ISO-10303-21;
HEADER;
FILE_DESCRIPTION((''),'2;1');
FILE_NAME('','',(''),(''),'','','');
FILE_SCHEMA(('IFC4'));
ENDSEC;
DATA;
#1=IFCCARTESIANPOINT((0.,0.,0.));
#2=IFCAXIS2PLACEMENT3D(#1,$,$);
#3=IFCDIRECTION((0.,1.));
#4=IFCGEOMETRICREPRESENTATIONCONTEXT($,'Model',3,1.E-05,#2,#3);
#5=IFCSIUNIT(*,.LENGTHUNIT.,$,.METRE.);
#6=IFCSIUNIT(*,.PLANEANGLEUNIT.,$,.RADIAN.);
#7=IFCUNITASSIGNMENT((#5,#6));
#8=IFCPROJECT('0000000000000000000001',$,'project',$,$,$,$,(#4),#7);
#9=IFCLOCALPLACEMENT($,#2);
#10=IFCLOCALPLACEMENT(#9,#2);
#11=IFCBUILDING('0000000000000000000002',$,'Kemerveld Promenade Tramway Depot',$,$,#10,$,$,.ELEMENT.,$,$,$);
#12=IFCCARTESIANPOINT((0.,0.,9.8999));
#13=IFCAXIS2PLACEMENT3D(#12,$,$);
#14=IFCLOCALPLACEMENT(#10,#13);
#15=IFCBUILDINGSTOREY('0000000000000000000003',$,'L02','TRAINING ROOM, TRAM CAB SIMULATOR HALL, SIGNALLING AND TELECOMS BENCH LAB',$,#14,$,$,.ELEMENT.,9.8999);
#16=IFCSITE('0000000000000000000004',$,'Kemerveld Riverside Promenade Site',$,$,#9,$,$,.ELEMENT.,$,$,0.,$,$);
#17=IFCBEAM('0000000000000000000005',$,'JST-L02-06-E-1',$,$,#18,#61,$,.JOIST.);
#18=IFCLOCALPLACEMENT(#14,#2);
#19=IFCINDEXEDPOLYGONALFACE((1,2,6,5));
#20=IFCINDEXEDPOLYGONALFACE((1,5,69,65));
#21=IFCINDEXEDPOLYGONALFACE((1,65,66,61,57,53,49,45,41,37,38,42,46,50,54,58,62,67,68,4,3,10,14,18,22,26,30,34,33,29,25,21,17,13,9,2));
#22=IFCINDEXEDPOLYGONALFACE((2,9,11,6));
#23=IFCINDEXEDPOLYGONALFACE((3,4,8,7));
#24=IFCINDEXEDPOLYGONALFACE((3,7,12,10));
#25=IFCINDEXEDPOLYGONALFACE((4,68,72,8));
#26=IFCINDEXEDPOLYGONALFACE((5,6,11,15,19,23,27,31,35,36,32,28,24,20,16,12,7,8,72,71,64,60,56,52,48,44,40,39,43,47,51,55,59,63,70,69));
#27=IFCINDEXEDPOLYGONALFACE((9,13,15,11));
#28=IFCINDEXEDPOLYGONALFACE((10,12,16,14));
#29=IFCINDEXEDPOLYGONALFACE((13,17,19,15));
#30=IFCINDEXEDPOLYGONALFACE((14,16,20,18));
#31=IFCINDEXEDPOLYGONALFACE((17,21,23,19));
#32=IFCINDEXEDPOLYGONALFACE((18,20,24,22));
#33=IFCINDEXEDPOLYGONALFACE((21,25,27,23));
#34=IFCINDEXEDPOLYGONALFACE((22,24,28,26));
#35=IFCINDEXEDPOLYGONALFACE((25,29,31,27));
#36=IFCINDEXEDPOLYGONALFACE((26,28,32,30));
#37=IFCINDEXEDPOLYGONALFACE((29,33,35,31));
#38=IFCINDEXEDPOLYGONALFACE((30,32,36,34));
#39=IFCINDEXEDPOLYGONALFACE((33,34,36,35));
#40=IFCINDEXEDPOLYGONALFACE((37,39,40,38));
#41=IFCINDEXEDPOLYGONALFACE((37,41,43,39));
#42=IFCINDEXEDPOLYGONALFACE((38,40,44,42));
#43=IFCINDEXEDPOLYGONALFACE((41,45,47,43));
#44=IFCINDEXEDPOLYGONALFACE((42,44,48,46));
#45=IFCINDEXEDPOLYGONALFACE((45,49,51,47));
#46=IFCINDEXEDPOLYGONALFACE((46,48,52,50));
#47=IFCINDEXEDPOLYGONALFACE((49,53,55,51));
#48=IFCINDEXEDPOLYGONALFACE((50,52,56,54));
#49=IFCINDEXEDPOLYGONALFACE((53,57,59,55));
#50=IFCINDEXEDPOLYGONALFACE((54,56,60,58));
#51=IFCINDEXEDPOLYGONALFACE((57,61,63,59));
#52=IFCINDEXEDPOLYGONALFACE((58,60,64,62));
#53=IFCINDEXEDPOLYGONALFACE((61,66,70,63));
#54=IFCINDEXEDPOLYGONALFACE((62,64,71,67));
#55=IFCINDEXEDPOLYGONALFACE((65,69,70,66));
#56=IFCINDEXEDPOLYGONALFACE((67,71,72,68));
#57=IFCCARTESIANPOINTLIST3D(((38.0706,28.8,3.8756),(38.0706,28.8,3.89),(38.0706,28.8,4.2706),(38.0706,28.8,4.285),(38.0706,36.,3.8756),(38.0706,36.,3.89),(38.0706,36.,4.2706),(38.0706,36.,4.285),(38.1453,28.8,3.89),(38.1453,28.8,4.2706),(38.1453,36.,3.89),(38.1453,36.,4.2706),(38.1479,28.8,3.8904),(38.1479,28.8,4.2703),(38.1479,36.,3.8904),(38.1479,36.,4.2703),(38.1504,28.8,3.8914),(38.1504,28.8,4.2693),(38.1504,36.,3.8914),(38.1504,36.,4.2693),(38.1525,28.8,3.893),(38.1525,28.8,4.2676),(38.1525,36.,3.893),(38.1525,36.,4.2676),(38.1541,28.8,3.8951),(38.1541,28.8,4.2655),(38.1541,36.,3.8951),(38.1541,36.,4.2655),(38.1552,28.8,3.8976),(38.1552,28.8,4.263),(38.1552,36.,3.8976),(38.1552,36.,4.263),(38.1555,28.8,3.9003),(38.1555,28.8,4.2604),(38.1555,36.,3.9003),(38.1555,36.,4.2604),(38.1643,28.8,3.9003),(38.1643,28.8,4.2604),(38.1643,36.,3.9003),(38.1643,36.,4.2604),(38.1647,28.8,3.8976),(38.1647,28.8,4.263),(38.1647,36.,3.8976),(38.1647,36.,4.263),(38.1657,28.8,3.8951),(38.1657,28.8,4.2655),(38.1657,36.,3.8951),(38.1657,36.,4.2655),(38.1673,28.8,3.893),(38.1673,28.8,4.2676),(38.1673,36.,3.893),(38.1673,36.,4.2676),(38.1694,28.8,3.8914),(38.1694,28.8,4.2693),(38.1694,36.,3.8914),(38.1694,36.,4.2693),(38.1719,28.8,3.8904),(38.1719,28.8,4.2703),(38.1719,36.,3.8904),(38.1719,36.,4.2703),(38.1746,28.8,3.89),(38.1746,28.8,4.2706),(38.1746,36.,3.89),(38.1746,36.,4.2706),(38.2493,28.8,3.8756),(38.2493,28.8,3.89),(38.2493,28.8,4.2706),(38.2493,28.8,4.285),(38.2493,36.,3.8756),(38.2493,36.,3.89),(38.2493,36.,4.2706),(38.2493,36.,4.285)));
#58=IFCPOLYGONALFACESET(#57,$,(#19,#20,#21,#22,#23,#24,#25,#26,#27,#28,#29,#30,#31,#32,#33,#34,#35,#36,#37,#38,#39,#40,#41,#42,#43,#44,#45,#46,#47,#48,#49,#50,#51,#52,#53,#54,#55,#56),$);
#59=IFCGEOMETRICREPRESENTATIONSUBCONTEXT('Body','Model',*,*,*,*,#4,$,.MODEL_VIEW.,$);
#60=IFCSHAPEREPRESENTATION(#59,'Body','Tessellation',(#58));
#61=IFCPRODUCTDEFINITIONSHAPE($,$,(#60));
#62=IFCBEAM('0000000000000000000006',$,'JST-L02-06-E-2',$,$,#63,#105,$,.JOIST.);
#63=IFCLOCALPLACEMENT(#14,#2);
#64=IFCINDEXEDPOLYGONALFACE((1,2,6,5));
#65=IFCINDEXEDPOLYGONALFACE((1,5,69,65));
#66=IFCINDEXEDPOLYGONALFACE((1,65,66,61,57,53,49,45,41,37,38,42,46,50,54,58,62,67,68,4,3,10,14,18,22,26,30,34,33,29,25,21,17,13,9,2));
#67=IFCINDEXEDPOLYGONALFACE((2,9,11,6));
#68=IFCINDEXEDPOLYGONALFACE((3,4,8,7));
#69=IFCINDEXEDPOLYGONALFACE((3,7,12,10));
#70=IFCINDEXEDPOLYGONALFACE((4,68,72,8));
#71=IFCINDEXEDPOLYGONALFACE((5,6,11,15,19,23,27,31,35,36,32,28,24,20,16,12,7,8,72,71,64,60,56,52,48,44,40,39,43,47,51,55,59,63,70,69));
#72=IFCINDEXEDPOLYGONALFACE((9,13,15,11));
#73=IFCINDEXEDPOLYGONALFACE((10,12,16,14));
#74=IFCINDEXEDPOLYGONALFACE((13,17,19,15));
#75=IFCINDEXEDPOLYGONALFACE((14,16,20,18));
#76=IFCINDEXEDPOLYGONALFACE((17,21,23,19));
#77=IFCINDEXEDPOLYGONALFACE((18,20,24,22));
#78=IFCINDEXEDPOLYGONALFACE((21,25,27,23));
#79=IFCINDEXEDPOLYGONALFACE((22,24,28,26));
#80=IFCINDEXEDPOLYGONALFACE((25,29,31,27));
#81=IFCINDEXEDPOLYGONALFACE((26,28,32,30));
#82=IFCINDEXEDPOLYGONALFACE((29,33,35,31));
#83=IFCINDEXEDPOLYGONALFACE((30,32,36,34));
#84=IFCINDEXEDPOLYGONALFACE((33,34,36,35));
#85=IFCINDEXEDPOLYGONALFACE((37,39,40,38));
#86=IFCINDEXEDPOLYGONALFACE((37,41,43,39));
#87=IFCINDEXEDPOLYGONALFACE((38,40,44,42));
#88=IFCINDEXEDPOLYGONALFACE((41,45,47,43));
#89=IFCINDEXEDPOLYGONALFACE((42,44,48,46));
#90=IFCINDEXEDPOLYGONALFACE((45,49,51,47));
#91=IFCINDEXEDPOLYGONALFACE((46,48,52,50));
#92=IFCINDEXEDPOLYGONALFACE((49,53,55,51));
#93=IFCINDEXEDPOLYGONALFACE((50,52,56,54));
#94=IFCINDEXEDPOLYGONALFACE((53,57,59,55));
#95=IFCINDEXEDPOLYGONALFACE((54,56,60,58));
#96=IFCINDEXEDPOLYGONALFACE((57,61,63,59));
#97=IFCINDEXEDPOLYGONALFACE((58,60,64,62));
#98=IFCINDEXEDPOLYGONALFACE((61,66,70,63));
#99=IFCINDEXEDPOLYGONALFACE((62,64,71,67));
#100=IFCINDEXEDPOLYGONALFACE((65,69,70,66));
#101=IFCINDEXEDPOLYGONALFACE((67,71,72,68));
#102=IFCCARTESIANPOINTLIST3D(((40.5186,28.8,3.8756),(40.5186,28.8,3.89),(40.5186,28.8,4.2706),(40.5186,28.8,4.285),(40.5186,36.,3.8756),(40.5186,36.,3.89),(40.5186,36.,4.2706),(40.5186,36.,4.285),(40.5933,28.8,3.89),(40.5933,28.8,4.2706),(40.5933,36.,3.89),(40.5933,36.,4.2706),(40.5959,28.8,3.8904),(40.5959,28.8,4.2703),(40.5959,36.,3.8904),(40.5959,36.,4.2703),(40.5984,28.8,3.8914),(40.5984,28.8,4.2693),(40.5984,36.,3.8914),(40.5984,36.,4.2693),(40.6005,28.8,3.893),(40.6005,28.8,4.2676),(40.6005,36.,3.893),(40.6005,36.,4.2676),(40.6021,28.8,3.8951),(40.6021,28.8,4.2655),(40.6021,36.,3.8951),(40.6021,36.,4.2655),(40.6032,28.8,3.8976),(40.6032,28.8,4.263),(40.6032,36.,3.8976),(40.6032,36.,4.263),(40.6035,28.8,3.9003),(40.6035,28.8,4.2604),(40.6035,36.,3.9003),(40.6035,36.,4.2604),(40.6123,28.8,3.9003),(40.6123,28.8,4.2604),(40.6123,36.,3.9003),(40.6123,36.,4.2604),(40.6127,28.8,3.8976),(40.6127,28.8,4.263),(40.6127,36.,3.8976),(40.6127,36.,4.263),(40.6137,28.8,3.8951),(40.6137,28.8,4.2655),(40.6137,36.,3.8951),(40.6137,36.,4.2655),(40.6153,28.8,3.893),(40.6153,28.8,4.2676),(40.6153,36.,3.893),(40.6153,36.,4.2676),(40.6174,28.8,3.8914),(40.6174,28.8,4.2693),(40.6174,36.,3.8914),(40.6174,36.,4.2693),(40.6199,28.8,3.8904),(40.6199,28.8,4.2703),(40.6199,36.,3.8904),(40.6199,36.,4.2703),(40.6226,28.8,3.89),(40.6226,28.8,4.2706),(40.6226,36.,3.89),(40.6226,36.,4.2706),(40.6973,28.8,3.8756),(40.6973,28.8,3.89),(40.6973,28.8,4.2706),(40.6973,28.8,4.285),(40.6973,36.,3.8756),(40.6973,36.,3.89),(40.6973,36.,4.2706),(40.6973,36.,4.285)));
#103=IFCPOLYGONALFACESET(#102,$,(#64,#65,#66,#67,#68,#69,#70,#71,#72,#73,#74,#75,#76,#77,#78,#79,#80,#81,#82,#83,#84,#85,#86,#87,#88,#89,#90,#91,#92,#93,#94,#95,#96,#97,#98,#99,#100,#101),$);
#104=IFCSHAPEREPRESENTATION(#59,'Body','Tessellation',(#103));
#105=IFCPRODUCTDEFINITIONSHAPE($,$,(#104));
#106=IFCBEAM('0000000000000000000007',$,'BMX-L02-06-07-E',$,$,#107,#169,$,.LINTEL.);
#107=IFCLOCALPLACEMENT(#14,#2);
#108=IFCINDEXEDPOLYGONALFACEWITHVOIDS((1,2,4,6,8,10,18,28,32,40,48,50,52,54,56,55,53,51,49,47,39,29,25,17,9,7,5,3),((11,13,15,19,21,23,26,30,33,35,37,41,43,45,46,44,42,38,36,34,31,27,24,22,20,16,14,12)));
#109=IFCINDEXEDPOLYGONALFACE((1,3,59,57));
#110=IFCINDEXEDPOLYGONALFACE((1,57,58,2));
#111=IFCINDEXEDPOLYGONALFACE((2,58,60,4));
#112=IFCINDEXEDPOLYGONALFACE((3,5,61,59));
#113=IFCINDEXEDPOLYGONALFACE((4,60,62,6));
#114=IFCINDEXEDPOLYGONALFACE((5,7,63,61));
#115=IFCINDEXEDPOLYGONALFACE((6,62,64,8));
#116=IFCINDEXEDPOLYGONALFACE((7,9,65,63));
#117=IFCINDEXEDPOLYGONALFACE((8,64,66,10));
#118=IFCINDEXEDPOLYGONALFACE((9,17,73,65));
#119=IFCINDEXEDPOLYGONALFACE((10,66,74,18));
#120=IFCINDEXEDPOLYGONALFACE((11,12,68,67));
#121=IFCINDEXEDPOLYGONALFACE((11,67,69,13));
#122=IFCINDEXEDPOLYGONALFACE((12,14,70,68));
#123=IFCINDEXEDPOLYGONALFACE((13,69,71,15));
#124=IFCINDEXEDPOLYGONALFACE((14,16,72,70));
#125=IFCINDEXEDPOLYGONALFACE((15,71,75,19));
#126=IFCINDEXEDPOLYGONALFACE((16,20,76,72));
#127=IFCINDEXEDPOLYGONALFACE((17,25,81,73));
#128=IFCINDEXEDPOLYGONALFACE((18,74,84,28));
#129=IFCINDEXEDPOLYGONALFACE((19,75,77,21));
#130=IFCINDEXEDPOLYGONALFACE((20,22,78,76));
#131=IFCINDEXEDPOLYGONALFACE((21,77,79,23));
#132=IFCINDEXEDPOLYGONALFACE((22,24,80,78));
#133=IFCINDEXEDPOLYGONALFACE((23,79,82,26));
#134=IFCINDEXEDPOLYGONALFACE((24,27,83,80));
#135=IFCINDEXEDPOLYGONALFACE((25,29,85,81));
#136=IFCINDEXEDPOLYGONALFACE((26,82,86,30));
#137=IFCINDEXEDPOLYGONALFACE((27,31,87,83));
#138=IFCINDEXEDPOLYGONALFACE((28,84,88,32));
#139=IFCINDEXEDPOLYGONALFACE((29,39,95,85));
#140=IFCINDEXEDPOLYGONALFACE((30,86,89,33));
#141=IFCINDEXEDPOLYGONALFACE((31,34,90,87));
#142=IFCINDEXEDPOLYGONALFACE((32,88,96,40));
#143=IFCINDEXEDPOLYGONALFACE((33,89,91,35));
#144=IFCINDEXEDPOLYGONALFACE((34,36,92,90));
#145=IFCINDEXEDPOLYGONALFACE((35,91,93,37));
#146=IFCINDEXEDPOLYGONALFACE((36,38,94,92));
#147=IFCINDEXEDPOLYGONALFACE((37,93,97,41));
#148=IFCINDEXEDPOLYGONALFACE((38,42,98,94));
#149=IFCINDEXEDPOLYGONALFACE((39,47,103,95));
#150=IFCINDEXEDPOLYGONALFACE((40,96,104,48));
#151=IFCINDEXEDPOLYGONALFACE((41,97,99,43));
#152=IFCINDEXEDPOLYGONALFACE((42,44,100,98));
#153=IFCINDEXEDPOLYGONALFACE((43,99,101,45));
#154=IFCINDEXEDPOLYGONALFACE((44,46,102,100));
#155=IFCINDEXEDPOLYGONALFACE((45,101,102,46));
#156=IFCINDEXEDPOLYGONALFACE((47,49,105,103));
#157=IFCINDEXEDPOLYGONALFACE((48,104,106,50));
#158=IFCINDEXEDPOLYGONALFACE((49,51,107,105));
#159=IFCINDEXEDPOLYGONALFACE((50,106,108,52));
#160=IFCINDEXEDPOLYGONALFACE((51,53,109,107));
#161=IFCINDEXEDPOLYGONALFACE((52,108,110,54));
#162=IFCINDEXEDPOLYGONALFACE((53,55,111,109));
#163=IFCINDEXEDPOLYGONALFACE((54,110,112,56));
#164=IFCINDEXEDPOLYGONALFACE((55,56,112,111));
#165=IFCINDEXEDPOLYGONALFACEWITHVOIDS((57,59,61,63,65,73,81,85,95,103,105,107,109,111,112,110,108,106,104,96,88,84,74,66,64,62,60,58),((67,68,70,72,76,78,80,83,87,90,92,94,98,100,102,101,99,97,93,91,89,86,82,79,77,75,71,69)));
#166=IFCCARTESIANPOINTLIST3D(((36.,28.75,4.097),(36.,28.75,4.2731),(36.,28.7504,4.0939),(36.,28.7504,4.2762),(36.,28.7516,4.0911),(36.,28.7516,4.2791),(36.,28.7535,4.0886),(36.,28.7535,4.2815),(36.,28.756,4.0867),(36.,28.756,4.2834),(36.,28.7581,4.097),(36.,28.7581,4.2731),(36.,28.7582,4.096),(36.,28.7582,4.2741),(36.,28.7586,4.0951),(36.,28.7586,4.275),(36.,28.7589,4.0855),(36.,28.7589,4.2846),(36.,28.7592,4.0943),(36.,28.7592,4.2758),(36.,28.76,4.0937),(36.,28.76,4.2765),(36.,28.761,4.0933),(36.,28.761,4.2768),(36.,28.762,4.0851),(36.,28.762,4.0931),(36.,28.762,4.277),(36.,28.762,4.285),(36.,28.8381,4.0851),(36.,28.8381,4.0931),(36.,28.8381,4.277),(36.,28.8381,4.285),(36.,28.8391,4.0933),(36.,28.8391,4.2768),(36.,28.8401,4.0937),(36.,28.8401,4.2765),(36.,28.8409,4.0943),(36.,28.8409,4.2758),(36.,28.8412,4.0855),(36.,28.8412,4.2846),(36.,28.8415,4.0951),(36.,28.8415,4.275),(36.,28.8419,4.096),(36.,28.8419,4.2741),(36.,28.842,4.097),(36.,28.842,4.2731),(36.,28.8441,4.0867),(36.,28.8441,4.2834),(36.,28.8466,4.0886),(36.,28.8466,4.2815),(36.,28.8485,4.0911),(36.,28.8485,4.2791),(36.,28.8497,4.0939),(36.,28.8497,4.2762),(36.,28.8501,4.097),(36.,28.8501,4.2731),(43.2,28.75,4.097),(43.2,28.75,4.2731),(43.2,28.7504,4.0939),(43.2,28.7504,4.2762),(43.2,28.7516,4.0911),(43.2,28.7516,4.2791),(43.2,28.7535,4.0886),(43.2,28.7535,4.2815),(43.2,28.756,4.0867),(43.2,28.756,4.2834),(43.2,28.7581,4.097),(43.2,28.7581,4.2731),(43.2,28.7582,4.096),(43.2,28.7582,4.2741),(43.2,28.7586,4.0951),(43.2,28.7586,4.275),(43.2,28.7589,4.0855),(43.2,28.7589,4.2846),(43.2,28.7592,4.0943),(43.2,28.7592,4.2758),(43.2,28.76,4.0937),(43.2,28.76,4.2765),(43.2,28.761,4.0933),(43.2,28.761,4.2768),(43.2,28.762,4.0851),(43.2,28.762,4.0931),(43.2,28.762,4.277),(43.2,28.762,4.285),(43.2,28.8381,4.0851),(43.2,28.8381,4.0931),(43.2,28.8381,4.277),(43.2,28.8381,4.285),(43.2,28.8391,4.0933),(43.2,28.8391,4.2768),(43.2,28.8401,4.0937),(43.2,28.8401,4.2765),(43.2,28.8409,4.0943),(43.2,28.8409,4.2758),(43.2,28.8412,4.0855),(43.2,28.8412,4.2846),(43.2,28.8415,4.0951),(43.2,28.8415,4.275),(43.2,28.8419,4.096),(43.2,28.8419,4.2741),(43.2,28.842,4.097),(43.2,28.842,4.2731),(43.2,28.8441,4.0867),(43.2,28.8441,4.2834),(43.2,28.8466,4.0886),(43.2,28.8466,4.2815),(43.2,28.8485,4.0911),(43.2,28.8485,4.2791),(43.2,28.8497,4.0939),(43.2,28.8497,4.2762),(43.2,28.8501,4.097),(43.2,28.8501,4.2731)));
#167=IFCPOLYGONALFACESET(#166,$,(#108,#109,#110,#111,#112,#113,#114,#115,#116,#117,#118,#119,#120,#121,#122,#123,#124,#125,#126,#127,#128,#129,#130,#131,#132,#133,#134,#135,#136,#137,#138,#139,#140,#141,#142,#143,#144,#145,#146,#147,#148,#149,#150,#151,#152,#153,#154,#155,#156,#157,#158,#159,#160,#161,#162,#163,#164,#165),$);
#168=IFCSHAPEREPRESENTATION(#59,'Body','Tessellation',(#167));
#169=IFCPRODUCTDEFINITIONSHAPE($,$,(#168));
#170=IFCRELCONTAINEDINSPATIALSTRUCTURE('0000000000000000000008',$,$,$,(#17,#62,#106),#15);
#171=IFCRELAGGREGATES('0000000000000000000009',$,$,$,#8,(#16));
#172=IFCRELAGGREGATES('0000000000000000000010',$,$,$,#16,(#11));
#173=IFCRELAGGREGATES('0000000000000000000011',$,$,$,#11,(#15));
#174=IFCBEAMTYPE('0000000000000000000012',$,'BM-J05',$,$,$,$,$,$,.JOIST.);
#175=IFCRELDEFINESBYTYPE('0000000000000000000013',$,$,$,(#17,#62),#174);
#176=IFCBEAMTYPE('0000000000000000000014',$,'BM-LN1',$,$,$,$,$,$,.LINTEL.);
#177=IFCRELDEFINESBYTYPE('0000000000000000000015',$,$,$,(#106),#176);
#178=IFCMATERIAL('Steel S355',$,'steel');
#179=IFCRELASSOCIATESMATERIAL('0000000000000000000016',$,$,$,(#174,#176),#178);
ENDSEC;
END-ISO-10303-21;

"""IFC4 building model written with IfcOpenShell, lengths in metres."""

from ifc_helpers import new_model, si_unit, direction, frame, origin, origin_2d, place, context, subcontext, project, spatial, hollow_rectangle, i_section, extrude, material, material_profile, profile_set, type_object, element, save


model = new_model("IFC4")

# Units and contexts
model_context = context("Model", 3, precision=1e-05, world=origin(), true_north=direction((0.0, 1.0)))
body_context = subcontext(model_context, "Body", "Model", "MODEL_VIEW")
ifc_project = project(units=[si_unit("LENGTHUNIT", "METRE"), si_unit("PLANEANGLEUNIT", "RADIAN")], contexts=[model_context])

# Site, building, storey
site_placement = place(None, origin())
site = spatial("IfcSite", under=ifc_project, at=site_placement, Name="Kemerveld Riverside Promenade Site", CompositionType="ELEMENT", RefElevation=0.0)
building_placement = place(site_placement, origin())
building = spatial("IfcBuilding", under=site, at=building_placement, Name="Kemerveld Promenade Tramway Depot", CompositionType="ELEMENT")
storey_placement = place(building_placement, frame((0.0, 0.0, 9.8999)))
storey = spatial("IfcBuildingStorey", under=building, at=storey_placement, Name="L02", Description="TRAINING ROOM, TRAM CAB SIMULATOR HALL, SIGNALLING AND TELECOMS BENCH LAB", CompositionType="ELEMENT", Elevation=9.8999)

# Shared definitions
ifc_material = material(Name="Steel S355", Category="steel")

# Beams
ifc_material_profile_1 = material_profile(ifc_material, i_section(OverallWidth=0.1787, OverallDepth=0.4094, WebThickness=0.0088, FlangeThickness=0.0144, FilletRadius=0.0103, at=origin_2d()), Name="406x178x67 UB")
ifc_profile_set_1 = profile_set([ifc_material_profile_1], Name="Steel S355")
beam_type_1 = type_object("IfcBeamType", Name="BM-J05", PredefinedType="JOIST", material=ifc_profile_set_1)
for number, where, z_axis, x_axis, name in (
    (1, (38.1599, 28.8, 4.0803), (0.0, 1.0, 0.0), (-1.0, 0.0, 0.0), "JST-L02-06-E-1"),
    (2, (40.6079, 28.8, 4.0803), (0.0, 1.0, 0.0), (-1.0, 0.0, 0.0), "JST-L02-06-E-2"),
):
    element("IfcBeam", number, at=place(storey_placement, frame(where, z_axis=z_axis, x_axis=x_axis)), inside=storey, type_object=beam_type_1, Name=name, PredefinedType="JOIST", context=body_context, shape_type="SweptSolid", body=[
        extrude(i_section(OverallWidth=0.1787, OverallDepth=0.4094, WebThickness=0.0088, FlangeThickness=0.0144, FilletRadius=0.0103, at=origin_2d()), origin(), (0.0, 0.0, 1.0), 7.2),
    ])
ifc_material_profile_2 = material_profile(ifc_material, hollow_rectangle(XDim=0.1001, YDim=0.2, WallThickness=0.0081, InnerFilletRadius=0.0039, OuterFilletRadius=0.012, at=origin_2d()), Name="200x100x8.0 RHS")
ifc_profile_set_2 = profile_set([ifc_material_profile_2], Name="Steel S355")
beam_type_2 = type_object("IfcBeamType", Name="BM-LN1", PredefinedType="LINTEL", material=ifc_profile_set_2)
beam_1_placement = place(storey_placement, frame((36.0, 28.8, 4.1851), z_axis=(1.0, 0.0, 0.0), x_axis=(0.0, 1.0, 0.0)))
element("IfcBeam", 3, at=beam_1_placement, inside=storey, type_object=beam_type_2, Name="BMX-L02-06-07-E", PredefinedType="LINTEL", context=body_context, shape_type="SweptSolid", body=[
    extrude(hollow_rectangle(XDim=0.1001, YDim=0.2, WallThickness=0.0081, InnerFilletRadius=0.0039, OuterFilletRadius=0.012, at=origin_2d()), origin(), (0.0, 0.0, 1.0), 7.2),
])

save(model, "model.ifc")
